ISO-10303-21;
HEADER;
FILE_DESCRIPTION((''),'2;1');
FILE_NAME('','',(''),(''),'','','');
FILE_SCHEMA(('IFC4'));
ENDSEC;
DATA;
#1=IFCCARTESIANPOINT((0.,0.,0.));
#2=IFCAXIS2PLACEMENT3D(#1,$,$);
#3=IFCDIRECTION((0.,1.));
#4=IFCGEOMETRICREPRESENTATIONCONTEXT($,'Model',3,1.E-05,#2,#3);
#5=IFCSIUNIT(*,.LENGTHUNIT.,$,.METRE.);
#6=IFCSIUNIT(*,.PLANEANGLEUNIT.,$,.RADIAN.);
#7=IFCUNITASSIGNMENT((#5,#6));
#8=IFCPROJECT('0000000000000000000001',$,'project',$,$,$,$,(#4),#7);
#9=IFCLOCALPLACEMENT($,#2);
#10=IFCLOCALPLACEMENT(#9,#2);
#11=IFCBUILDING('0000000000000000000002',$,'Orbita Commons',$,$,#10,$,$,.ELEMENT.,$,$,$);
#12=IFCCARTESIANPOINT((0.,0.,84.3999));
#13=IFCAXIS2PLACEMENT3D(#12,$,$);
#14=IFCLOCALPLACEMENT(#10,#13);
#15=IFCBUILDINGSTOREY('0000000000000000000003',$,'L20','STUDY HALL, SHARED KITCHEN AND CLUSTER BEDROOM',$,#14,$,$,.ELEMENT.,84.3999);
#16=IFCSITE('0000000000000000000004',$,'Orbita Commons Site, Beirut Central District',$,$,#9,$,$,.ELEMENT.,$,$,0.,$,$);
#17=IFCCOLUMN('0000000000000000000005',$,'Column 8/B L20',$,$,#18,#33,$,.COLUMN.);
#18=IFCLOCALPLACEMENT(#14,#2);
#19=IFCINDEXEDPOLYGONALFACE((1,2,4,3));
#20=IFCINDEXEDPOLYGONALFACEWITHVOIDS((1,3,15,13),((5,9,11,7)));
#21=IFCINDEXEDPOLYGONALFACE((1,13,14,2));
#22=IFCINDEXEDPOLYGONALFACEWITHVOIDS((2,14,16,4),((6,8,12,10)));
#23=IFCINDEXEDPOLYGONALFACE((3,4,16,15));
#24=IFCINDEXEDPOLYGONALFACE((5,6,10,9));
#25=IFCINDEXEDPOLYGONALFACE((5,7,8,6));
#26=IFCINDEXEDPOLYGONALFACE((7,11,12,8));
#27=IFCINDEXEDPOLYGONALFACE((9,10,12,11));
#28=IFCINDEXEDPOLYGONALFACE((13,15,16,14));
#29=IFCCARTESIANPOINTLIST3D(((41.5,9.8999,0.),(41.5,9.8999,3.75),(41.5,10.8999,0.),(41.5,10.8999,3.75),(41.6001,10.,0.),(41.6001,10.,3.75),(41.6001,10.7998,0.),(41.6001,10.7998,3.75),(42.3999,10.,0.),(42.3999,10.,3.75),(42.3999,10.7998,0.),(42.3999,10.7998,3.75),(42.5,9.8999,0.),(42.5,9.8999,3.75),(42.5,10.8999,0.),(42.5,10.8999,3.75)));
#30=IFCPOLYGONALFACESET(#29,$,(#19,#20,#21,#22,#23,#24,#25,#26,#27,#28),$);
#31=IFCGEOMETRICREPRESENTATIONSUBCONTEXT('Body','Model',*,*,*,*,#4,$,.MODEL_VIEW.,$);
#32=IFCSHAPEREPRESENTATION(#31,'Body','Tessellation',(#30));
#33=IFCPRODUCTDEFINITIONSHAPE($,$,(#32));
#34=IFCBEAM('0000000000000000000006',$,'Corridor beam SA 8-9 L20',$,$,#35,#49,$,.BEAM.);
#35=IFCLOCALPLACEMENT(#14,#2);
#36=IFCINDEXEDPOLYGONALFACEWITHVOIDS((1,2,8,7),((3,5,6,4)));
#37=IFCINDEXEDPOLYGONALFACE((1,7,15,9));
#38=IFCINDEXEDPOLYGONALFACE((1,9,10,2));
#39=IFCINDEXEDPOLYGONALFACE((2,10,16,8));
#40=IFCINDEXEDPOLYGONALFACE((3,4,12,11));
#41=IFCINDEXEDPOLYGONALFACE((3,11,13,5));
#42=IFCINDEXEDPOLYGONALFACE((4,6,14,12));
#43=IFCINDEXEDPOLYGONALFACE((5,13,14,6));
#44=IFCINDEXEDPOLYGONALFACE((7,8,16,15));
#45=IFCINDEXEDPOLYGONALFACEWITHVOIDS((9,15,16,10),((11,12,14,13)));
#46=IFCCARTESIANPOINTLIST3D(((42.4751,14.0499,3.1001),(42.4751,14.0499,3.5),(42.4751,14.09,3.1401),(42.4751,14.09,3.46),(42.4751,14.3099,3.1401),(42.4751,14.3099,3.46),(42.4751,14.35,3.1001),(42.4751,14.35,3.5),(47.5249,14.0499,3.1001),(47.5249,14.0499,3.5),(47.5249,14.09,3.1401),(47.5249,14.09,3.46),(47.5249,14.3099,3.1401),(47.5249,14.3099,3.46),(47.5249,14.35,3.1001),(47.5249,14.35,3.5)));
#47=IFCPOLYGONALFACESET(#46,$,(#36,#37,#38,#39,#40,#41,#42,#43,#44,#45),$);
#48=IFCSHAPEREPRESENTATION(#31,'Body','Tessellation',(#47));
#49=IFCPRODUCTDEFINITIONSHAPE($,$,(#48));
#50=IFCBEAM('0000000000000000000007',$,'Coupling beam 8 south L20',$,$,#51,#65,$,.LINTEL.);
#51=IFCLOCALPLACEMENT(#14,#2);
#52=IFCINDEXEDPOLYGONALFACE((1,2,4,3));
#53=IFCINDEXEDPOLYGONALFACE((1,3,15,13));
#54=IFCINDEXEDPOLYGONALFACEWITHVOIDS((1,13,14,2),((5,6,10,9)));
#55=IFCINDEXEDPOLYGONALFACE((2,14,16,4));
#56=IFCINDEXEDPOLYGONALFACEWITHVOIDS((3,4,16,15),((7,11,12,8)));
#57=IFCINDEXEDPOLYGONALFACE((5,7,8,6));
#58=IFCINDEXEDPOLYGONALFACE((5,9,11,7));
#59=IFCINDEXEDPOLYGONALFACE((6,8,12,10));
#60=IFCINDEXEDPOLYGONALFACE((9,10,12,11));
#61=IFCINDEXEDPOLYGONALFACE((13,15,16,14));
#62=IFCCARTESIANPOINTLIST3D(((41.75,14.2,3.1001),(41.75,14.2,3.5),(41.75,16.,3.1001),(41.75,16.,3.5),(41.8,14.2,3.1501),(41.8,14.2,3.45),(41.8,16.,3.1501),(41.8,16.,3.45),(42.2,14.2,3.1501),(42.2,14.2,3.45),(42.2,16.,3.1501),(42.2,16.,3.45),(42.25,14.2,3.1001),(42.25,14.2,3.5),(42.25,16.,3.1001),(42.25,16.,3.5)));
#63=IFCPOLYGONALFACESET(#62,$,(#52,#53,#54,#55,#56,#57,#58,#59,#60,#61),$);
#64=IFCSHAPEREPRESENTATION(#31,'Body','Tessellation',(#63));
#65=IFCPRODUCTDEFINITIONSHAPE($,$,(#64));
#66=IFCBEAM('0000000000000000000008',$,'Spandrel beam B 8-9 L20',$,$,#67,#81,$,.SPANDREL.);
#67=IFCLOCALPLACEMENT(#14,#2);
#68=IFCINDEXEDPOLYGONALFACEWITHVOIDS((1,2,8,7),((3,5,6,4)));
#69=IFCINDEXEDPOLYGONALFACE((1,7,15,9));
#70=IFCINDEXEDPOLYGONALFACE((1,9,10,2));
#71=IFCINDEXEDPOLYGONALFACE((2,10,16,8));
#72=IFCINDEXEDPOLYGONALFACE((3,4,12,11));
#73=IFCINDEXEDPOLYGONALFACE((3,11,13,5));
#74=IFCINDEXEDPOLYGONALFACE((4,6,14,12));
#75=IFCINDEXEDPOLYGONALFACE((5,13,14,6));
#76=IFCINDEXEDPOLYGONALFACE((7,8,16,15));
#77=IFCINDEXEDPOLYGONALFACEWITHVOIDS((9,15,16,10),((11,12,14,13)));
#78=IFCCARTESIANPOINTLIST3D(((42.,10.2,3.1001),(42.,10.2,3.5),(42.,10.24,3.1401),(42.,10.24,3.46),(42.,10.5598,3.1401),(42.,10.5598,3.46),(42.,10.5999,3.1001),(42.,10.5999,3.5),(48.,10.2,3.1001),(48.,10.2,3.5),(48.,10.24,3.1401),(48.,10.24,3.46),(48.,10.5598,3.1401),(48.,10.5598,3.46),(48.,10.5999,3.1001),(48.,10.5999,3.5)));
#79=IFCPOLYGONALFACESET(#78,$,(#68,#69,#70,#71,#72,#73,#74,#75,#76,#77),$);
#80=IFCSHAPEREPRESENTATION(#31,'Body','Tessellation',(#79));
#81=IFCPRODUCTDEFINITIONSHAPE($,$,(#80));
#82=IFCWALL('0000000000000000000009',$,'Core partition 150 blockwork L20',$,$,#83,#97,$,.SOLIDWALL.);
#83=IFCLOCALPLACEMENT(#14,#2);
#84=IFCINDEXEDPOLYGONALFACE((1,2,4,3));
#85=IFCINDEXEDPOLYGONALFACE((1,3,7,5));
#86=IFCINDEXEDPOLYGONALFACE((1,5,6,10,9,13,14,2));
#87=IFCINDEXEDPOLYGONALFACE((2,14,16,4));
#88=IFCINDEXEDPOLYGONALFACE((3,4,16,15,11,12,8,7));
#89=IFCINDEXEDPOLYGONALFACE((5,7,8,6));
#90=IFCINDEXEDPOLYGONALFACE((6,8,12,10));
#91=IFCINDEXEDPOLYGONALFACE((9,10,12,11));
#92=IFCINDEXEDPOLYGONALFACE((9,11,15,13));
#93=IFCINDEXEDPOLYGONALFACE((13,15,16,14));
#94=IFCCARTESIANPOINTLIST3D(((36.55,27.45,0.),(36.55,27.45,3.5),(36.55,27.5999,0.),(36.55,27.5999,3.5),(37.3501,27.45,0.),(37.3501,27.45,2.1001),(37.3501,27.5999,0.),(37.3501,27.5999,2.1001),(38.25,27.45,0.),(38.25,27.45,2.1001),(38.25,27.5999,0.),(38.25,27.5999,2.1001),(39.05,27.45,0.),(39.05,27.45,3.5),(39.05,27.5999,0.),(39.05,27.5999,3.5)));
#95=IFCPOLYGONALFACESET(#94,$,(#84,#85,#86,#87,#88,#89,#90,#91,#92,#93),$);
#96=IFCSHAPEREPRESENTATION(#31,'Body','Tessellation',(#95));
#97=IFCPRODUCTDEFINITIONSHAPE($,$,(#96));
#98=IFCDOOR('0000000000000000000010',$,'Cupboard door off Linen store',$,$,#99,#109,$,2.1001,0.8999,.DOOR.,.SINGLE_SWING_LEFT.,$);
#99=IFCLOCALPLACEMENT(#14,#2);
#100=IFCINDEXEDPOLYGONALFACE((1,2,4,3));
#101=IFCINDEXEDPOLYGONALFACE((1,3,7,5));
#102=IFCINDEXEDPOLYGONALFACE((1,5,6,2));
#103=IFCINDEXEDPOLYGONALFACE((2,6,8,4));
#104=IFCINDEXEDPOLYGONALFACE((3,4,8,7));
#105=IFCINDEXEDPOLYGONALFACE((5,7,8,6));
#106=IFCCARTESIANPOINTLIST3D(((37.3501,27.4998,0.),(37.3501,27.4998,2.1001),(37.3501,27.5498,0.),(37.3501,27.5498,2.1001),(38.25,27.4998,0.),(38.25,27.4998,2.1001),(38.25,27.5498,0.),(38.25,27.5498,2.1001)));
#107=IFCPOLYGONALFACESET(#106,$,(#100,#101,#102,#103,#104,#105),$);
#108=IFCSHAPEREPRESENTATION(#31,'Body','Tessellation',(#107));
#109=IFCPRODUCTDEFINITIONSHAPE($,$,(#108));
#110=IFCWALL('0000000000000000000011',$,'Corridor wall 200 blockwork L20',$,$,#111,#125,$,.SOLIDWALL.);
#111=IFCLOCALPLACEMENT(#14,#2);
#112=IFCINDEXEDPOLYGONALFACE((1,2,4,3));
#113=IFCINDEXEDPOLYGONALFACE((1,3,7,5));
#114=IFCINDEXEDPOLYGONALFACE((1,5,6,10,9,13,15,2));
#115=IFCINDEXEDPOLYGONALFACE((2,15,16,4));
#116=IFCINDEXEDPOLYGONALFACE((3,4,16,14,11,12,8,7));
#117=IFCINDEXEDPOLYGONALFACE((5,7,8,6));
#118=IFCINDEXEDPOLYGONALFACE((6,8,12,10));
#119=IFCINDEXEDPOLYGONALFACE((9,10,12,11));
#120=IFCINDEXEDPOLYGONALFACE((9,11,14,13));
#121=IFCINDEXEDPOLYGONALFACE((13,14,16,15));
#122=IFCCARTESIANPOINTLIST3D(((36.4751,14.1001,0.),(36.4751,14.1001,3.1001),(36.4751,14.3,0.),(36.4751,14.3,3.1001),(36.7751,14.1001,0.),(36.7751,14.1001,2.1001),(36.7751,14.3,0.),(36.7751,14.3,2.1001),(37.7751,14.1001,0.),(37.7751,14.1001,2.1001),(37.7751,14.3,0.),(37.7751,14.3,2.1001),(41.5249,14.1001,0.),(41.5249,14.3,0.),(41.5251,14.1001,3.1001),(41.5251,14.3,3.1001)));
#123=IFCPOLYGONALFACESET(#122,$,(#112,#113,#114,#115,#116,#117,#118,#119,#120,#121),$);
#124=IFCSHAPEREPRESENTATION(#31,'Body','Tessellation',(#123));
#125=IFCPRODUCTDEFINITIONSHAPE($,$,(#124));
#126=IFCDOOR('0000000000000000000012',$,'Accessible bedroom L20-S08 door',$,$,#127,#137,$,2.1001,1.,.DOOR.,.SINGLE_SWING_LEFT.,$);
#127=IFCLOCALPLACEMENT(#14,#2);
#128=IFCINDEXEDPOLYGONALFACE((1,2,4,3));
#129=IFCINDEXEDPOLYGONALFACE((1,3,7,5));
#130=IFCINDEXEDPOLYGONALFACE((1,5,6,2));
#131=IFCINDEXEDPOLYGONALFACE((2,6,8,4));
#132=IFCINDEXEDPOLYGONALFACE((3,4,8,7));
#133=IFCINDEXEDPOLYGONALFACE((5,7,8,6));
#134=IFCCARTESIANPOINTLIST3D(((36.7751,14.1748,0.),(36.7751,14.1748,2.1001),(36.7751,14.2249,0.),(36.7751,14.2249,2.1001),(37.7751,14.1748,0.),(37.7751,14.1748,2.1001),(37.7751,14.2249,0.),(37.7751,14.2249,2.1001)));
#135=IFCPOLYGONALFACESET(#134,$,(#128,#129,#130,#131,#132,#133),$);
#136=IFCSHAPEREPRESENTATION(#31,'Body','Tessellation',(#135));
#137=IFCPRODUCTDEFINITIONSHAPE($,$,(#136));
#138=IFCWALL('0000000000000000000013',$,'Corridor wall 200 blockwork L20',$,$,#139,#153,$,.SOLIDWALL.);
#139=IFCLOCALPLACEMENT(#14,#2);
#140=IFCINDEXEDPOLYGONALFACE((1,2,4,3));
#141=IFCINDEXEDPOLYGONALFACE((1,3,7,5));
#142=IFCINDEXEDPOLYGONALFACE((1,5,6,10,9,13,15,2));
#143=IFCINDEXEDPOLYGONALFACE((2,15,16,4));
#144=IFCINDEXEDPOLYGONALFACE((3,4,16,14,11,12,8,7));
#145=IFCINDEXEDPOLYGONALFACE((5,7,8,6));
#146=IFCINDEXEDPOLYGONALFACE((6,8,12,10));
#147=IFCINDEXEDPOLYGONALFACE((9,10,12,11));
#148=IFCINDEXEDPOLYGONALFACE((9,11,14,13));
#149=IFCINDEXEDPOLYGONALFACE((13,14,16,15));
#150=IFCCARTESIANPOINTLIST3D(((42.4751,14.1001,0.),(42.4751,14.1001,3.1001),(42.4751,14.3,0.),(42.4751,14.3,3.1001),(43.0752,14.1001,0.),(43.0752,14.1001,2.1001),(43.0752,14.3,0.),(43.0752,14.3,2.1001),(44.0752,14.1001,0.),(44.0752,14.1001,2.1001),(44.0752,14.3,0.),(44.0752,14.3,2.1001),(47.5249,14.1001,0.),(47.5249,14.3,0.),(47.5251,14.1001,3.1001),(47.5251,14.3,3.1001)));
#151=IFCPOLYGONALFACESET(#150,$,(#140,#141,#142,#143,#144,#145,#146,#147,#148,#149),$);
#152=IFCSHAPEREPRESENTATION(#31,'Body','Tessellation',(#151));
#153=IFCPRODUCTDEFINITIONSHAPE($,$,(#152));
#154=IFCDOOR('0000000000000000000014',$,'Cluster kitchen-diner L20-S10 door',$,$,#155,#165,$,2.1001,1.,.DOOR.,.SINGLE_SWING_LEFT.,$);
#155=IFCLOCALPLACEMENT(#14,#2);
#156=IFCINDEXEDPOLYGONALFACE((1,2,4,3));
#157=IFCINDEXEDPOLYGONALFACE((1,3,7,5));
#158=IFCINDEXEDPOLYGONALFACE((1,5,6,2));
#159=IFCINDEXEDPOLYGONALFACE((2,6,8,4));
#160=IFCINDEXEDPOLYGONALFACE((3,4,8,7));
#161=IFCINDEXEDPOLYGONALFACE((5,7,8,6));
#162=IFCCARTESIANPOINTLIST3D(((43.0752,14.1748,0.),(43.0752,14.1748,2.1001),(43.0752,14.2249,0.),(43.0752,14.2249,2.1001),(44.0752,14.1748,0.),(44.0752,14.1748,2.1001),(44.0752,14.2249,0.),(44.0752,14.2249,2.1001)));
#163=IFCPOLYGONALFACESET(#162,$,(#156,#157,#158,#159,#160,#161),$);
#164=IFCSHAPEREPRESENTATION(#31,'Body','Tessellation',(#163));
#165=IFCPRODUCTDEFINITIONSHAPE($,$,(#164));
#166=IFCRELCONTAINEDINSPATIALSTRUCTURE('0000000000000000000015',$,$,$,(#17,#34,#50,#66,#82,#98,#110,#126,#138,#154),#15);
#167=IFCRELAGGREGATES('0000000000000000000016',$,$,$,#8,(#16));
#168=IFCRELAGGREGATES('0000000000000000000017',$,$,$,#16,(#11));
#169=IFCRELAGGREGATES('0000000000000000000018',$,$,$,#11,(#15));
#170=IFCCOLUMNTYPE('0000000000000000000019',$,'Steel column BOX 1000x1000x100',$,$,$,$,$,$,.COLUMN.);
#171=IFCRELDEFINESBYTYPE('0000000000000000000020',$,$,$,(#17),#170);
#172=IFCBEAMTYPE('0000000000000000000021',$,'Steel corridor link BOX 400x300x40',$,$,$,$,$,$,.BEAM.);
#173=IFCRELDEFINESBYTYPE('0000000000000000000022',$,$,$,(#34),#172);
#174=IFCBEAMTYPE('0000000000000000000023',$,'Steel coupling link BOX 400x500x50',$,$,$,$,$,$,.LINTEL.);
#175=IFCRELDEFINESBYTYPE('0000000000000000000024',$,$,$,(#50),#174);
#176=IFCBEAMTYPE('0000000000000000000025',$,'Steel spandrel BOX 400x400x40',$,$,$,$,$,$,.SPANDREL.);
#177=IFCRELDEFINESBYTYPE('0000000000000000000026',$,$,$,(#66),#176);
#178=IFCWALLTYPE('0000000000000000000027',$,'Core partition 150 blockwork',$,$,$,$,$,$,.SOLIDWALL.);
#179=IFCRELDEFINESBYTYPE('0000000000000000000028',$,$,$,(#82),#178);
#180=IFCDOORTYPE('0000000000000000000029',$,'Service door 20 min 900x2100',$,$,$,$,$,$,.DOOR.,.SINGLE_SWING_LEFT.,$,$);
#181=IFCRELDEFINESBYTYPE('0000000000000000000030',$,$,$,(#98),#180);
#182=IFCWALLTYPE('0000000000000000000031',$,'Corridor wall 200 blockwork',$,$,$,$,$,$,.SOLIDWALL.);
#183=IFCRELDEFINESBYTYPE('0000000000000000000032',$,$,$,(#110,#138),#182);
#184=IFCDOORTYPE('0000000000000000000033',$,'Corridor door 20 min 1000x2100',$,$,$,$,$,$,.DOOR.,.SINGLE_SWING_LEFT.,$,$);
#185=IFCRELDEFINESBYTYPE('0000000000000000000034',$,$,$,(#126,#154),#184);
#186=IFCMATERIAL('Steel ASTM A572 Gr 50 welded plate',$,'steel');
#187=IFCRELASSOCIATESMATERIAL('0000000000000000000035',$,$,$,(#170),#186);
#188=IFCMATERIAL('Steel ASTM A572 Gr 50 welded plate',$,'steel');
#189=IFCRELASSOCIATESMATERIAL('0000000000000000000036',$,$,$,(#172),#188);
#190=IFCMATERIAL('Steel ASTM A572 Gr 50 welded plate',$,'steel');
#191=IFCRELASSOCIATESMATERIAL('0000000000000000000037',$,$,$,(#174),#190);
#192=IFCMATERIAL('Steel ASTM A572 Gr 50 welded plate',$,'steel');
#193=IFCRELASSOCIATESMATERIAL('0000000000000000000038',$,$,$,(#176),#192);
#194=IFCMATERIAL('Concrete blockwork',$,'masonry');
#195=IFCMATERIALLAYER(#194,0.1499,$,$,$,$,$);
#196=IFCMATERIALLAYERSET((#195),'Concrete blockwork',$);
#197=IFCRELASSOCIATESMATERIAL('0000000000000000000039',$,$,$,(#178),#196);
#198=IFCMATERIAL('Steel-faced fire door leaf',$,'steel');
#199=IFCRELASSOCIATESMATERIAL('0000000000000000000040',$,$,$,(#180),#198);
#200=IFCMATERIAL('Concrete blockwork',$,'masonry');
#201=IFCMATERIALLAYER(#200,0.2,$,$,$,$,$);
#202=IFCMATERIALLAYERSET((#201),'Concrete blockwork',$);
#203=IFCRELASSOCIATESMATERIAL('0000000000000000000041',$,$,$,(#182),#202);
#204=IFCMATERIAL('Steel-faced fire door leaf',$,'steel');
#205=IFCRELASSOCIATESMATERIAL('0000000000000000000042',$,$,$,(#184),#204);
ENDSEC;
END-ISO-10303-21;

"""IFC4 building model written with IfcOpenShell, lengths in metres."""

from ifc_helpers import new_model, si_unit, direction, frame, frame_2d, origin, origin_2d, place, context, subcontext, project, spatial, polyline, rectangle, hollow_rectangle, outline, extrude, material, layer, layer_set, material_profile, profile_set, type_object, element, fill, save


model = new_model("IFC4")

# Units and contexts
model_context = context("Model", 3, precision=1e-05, world=origin(), true_north=direction((0.0, 1.0)))
body_context = subcontext(model_context, "Body", "Model", "MODEL_VIEW")
ifc_project = project(units=[si_unit("LENGTHUNIT", "METRE"), si_unit("PLANEANGLEUNIT", "RADIAN")], contexts=[model_context])

# Site, building, storey
site_placement = place(None, origin())
site = spatial("IfcSite", under=ifc_project, at=site_placement, Name="Orbita Commons Site, Beirut Central District", CompositionType="ELEMENT", RefElevation=0.0)
building_placement = place(site_placement, origin())
building = spatial("IfcBuilding", under=site, at=building_placement, Name="Orbita Commons", CompositionType="ELEMENT")
storey_placement = place(building_placement, frame((0.0, 0.0, 84.3999)))
storey = spatial("IfcBuildingStorey", under=building, at=storey_placement, Name="L20", Description="STUDY HALL, SHARED KITCHEN AND CLUSTER BEDROOM", CompositionType="ELEMENT", Elevation=84.3999)

# Column
ifc_material_1 = material(Name="Steel ASTM A572 Gr 50 welded plate", Category="steel")
ifc_material_profile_1 = material_profile(ifc_material_1, hollow_rectangle(XDim=1.0, YDim=1.0, WallThickness=0.1001, at=origin_2d()), Name="BOX 1000x1000x100")
ifc_profile_set_1 = profile_set([ifc_material_profile_1], Name="Steel ASTM A572 Gr 50 welded plate")
column_type = type_object("IfcColumnType", Name="Steel column BOX 1000x1000x100", PredefinedType="COLUMN", material=ifc_profile_set_1)
column_placement = place(storey_placement, frame((42.0, 10.3999, 0.0), z_axis=(0.0, 0.0, 1.0), x_axis=(1.0, 0.0, 0.0)))
element("IfcColumn", 1, at=column_placement, inside=storey, type_object=column_type, Name="Column 8/B L20", PredefinedType="COLUMN", context=body_context, shape_type="SweptSolid", body=[
    extrude(hollow_rectangle(XDim=1.0, YDim=1.0, WallThickness=0.1001, at=origin_2d()), origin(), (0.0, 0.0, 1.0), 3.75),
])

# Beams
ifc_material_2 = material(Name="Steel ASTM A572 Gr 50 welded plate", Category="steel")
ifc_material_profile_2 = material_profile(ifc_material_2, hollow_rectangle(XDim=0.3, YDim=0.3999, WallThickness=0.04, at=origin_2d()), Name="BOX 400x300x40")
ifc_profile_set_2 = profile_set([ifc_material_profile_2], Name="Steel ASTM A572 Gr 50 welded plate")
beam_type_1 = type_object("IfcBeamType", Name="Steel corridor link BOX 400x300x40", PredefinedType="BEAM", material=ifc_profile_set_2)
beam_1_placement = place(storey_placement, frame((42.4751, 14.2, 3.3), z_axis=(1.0, 0.0, 0.0), x_axis=(0.0, 1.0, 0.0)))
element("IfcBeam", 2, at=beam_1_placement, inside=storey, type_object=beam_type_1, Name="Corridor beam SA 8-9 L20", PredefinedType="BEAM", context=body_context, shape_type="SweptSolid", body=[
    extrude(hollow_rectangle(XDim=0.3, YDim=0.3999, WallThickness=0.04, at=origin_2d()), origin(), (0.0, 0.0, 1.0), 5.0498),
])
ifc_material_3 = material(Name="Steel ASTM A572 Gr 50 welded plate", Category="steel")
ifc_material_profile_3 = material_profile(ifc_material_3, hollow_rectangle(XDim=0.5, YDim=0.3999, WallThickness=0.05, at=origin_2d()), Name="BOX 400x500x50")
ifc_profile_set_3 = profile_set([ifc_material_profile_3], Name="Steel ASTM A572 Gr 50 welded plate")
beam_type_2 = type_object("IfcBeamType", Name="Steel coupling link BOX 400x500x50", PredefinedType="LINTEL", material=ifc_profile_set_3)
beam_2_placement = place(storey_placement, frame((42.0, 14.2, 3.3), z_axis=(0.0, 1.0, 0.0), x_axis=(-1.0, 0.0, 0.0)))
element("IfcBeam", 3, at=beam_2_placement, inside=storey, type_object=beam_type_2, Name="Coupling beam 8 south L20", PredefinedType="LINTEL", context=body_context, shape_type="SweptSolid", body=[
    extrude(hollow_rectangle(XDim=0.5, YDim=0.3999, WallThickness=0.05, at=origin_2d()), origin(), (0.0, 0.0, 1.0), 1.8),
])
ifc_material_4 = material(Name="Steel ASTM A572 Gr 50 welded plate", Category="steel")
ifc_material_profile_4 = material_profile(ifc_material_4, hollow_rectangle(XDim=0.3999, YDim=0.3999, WallThickness=0.04, at=origin_2d()), Name="BOX 400x400x40")
ifc_profile_set_4 = profile_set([ifc_material_profile_4], Name="Steel ASTM A572 Gr 50 welded plate")
beam_type_3 = type_object("IfcBeamType", Name="Steel spandrel BOX 400x400x40", PredefinedType="SPANDREL", material=ifc_profile_set_4)
beam_3_placement = place(storey_placement, frame((42.0, 10.3999, 3.3), z_axis=(1.0, 0.0, 0.0), x_axis=(0.0, 1.0, 0.0)))
element("IfcBeam", 4, at=beam_3_placement, inside=storey, type_object=beam_type_3, Name="Spandrel beam B 8-9 L20", PredefinedType="SPANDREL", context=body_context, shape_type="SweptSolid", body=[
    extrude(hollow_rectangle(XDim=0.3999, YDim=0.3999, WallThickness=0.04, at=origin_2d()), origin(), (0.0, 0.0, 1.0), 6.0),
])

# Walls, openings, doors
ifc_material_5 = material(Name="Concrete blockwork", Category="masonry")
ifc_layer_1 = layer(ifc_material_5, 0.1499)
ifc_layer_set_1 = layer_set([ifc_layer_1], Name="Concrete blockwork")
wall_type_1 = type_object("IfcWallType", Name="Core partition 150 blockwork", PredefinedType="SOLIDWALL", material=ifc_layer_set_1)
wall_1_placement = place(storey_placement, frame((36.55, 27.5249, 0.0), z_axis=(0.0, 0.0, 1.0), x_axis=(1.0, 0.0, 0.0)))
wall_1 = element("IfcWall", 5, at=wall_1_placement, inside=storey, type_object=wall_type_1, Name="Core partition 150 blockwork L20", PredefinedType="SOLIDWALL", context=body_context, shape_type="SweptSolid", body=[
    extrude(rectangle(XDim=2.5, YDim=0.1499, at=frame_2d((1.25, 0.0))), origin(), (0.0, 0.0, 1.0), 3.5),
])
opening_1_placement = place(wall_1_placement, frame((0.8, 0.0, 0.0)))
opening_1 = element("IfcOpeningElement", 6, at=opening_1_placement, cuts=wall_1, PredefinedType="OPENING", context=body_context, shape_type="SweptSolid", body=[
    extrude(rectangle(XDim=0.8999, YDim=2.1001, at=frame_2d((0.45, 1.05))), frame((0.0, 0.085, 0.0), z_axis=(0.0, -1.0, 0.0), x_axis=(1.0, 0.0, 0.0)), (0.0, 0.0, 1.0), 0.1699),
])
ifc_material_6 = material(Name="Steel-faced fire door leaf", Category="steel")
door_type_1 = type_object("IfcDoorType", Name="Service door 20 min 900x2100", OperationType="SINGLE_SWING_LEFT", PredefinedType="DOOR", material=ifc_material_6)
door_1_placement = place(opening_1_placement, origin())
door_1 = element("IfcDoor", 7, at=door_1_placement, inside=storey, type_object=door_type_1, Name="Cupboard door off Linen store", OperationType="SINGLE_SWING_LEFT", OverallHeight=2.1001, OverallWidth=0.8999, PredefinedType="DOOR", context=body_context, shape_type="SweptSolid", body=[
    extrude(rectangle(XDim=0.8999, YDim=2.1001, at=frame_2d((0.45, 1.05))), frame((0.0, 0.0249, 0.0), z_axis=(0.0, -1.0, 0.0), x_axis=(1.0, 0.0, 0.0)), (0.0, 0.0, 1.0), 0.05),
])
fill(opening_1, door_1)
ifc_material_7 = material(Name="Concrete blockwork", Category="masonry")
ifc_layer_2 = layer(ifc_material_7, 0.2)
ifc_layer_set_2 = layer_set([ifc_layer_2], Name="Concrete blockwork")
wall_type_2 = type_object("IfcWallType", Name="Corridor wall 200 blockwork", PredefinedType="SOLIDWALL", material=ifc_layer_set_2)
wall_2_placement = place(storey_placement, frame((36.4751, 14.2, 0.0), z_axis=(0.0, 0.0, 1.0), x_axis=(1.0, 0.0, 0.0)))
wall_2 = element("IfcWall", 8, at=wall_2_placement, inside=storey, type_object=wall_type_2, Name="Corridor wall 200 blockwork L20", PredefinedType="SOLIDWALL", context=body_context, shape_type="SweptSolid", body=[
    extrude(outline(polyline([(0.0, 0.0), (5.0498, 0.0), (5.05, 3.1001), (0.0, 3.1001), (0.0, 0.0)])), frame((0.0, 0.1001, 0.0), z_axis=(0.0, -1.0, 0.0), x_axis=(1.0, 0.0, 0.0)), (0.0, 0.0, 1.0), 0.2),
])
opening_2_placement = place(wall_2_placement, frame((0.3, 0.0, 0.0)))
opening_2 = element("IfcOpeningElement", 9, at=opening_2_placement, cuts=wall_2, PredefinedType="OPENING", context=body_context, shape_type="SweptSolid", body=[
    extrude(rectangle(XDim=1.0, YDim=2.1001, at=frame_2d((0.5, 1.05))), frame((0.0, 0.1099, 0.0), z_axis=(0.0, -1.0, 0.0), x_axis=(1.0, 0.0, 0.0)), (0.0, 0.0, 1.0), 0.22),
])
ifc_material_8 = material(Name="Steel-faced fire door leaf", Category="steel")
door_type_2 = type_object("IfcDoorType", Name="Corridor door 20 min 1000x2100", OperationType="SINGLE_SWING_LEFT", PredefinedType="DOOR", material=ifc_material_8)
door_2_placement = place(opening_2_placement, origin())
door_2 = element("IfcDoor", 10, at=door_2_placement, inside=storey, type_object=door_type_2, Name="Accessible bedroom L20-S08 door", OperationType="SINGLE_SWING_LEFT", OverallHeight=2.1001, OverallWidth=1.0, PredefinedType="DOOR", context=body_context, shape_type="SweptSolid", body=[
    extrude(rectangle(XDim=1.0, YDim=2.1001, at=frame_2d((0.5, 1.05))), frame((0.0, 0.0249, 0.0), z_axis=(0.0, -1.0, 0.0), x_axis=(1.0, 0.0, 0.0)), (0.0, 0.0, 1.0), 0.05),
])
fill(opening_2, door_2)
wall_3_placement = place(storey_placement, frame((42.4751, 14.2, 0.0), z_axis=(0.0, 0.0, 1.0), x_axis=(1.0, 0.0, 0.0)))
wall_3 = element("IfcWall", 11, at=wall_3_placement, inside=storey, type_object=wall_type_2, Name="Corridor wall 200 blockwork L20", PredefinedType="SOLIDWALL", context=body_context, shape_type="SweptSolid", body=[
    extrude(outline(polyline([(0.0, 0.0), (5.0498, 0.0), (5.05, 3.1001), (0.0, 3.1001), (0.0, 0.0)])), frame((0.0, 0.1001, 0.0), z_axis=(0.0, -1.0, 0.0), x_axis=(1.0, 0.0, 0.0)), (0.0, 0.0, 1.0), 0.2),
])
opening_3_placement = place(wall_3_placement, frame((0.6001, 0.0, 0.0)))
opening_3 = element("IfcOpeningElement", 12, at=opening_3_placement, cuts=wall_3, PredefinedType="OPENING", context=body_context, shape_type="SweptSolid", body=[
    extrude(rectangle(XDim=1.0, YDim=2.1001, at=frame_2d((0.5, 1.05))), frame((0.0, 0.1099, 0.0), z_axis=(0.0, -1.0, 0.0), x_axis=(1.0, 0.0, 0.0)), (0.0, 0.0, 1.0), 0.22),
])
door_3_placement = place(opening_3_placement, origin())
door_3 = element("IfcDoor", 13, at=door_3_placement, inside=storey, type_object=door_type_2, Name="Cluster kitchen-diner L20-S10 door", OperationType="SINGLE_SWING_LEFT", OverallHeight=2.1001, OverallWidth=1.0, PredefinedType="DOOR", context=body_context, shape_type="SweptSolid", body=[
    extrude(rectangle(XDim=1.0, YDim=2.1001, at=frame_2d((0.5, 1.05))), frame((0.0, 0.0249, 0.0), z_axis=(0.0, -1.0, 0.0), x_axis=(1.0, 0.0, 0.0)), (0.0, 0.0, 1.0), 0.05),
])
fill(opening_3, door_3)

save(model, "model.ifc")
